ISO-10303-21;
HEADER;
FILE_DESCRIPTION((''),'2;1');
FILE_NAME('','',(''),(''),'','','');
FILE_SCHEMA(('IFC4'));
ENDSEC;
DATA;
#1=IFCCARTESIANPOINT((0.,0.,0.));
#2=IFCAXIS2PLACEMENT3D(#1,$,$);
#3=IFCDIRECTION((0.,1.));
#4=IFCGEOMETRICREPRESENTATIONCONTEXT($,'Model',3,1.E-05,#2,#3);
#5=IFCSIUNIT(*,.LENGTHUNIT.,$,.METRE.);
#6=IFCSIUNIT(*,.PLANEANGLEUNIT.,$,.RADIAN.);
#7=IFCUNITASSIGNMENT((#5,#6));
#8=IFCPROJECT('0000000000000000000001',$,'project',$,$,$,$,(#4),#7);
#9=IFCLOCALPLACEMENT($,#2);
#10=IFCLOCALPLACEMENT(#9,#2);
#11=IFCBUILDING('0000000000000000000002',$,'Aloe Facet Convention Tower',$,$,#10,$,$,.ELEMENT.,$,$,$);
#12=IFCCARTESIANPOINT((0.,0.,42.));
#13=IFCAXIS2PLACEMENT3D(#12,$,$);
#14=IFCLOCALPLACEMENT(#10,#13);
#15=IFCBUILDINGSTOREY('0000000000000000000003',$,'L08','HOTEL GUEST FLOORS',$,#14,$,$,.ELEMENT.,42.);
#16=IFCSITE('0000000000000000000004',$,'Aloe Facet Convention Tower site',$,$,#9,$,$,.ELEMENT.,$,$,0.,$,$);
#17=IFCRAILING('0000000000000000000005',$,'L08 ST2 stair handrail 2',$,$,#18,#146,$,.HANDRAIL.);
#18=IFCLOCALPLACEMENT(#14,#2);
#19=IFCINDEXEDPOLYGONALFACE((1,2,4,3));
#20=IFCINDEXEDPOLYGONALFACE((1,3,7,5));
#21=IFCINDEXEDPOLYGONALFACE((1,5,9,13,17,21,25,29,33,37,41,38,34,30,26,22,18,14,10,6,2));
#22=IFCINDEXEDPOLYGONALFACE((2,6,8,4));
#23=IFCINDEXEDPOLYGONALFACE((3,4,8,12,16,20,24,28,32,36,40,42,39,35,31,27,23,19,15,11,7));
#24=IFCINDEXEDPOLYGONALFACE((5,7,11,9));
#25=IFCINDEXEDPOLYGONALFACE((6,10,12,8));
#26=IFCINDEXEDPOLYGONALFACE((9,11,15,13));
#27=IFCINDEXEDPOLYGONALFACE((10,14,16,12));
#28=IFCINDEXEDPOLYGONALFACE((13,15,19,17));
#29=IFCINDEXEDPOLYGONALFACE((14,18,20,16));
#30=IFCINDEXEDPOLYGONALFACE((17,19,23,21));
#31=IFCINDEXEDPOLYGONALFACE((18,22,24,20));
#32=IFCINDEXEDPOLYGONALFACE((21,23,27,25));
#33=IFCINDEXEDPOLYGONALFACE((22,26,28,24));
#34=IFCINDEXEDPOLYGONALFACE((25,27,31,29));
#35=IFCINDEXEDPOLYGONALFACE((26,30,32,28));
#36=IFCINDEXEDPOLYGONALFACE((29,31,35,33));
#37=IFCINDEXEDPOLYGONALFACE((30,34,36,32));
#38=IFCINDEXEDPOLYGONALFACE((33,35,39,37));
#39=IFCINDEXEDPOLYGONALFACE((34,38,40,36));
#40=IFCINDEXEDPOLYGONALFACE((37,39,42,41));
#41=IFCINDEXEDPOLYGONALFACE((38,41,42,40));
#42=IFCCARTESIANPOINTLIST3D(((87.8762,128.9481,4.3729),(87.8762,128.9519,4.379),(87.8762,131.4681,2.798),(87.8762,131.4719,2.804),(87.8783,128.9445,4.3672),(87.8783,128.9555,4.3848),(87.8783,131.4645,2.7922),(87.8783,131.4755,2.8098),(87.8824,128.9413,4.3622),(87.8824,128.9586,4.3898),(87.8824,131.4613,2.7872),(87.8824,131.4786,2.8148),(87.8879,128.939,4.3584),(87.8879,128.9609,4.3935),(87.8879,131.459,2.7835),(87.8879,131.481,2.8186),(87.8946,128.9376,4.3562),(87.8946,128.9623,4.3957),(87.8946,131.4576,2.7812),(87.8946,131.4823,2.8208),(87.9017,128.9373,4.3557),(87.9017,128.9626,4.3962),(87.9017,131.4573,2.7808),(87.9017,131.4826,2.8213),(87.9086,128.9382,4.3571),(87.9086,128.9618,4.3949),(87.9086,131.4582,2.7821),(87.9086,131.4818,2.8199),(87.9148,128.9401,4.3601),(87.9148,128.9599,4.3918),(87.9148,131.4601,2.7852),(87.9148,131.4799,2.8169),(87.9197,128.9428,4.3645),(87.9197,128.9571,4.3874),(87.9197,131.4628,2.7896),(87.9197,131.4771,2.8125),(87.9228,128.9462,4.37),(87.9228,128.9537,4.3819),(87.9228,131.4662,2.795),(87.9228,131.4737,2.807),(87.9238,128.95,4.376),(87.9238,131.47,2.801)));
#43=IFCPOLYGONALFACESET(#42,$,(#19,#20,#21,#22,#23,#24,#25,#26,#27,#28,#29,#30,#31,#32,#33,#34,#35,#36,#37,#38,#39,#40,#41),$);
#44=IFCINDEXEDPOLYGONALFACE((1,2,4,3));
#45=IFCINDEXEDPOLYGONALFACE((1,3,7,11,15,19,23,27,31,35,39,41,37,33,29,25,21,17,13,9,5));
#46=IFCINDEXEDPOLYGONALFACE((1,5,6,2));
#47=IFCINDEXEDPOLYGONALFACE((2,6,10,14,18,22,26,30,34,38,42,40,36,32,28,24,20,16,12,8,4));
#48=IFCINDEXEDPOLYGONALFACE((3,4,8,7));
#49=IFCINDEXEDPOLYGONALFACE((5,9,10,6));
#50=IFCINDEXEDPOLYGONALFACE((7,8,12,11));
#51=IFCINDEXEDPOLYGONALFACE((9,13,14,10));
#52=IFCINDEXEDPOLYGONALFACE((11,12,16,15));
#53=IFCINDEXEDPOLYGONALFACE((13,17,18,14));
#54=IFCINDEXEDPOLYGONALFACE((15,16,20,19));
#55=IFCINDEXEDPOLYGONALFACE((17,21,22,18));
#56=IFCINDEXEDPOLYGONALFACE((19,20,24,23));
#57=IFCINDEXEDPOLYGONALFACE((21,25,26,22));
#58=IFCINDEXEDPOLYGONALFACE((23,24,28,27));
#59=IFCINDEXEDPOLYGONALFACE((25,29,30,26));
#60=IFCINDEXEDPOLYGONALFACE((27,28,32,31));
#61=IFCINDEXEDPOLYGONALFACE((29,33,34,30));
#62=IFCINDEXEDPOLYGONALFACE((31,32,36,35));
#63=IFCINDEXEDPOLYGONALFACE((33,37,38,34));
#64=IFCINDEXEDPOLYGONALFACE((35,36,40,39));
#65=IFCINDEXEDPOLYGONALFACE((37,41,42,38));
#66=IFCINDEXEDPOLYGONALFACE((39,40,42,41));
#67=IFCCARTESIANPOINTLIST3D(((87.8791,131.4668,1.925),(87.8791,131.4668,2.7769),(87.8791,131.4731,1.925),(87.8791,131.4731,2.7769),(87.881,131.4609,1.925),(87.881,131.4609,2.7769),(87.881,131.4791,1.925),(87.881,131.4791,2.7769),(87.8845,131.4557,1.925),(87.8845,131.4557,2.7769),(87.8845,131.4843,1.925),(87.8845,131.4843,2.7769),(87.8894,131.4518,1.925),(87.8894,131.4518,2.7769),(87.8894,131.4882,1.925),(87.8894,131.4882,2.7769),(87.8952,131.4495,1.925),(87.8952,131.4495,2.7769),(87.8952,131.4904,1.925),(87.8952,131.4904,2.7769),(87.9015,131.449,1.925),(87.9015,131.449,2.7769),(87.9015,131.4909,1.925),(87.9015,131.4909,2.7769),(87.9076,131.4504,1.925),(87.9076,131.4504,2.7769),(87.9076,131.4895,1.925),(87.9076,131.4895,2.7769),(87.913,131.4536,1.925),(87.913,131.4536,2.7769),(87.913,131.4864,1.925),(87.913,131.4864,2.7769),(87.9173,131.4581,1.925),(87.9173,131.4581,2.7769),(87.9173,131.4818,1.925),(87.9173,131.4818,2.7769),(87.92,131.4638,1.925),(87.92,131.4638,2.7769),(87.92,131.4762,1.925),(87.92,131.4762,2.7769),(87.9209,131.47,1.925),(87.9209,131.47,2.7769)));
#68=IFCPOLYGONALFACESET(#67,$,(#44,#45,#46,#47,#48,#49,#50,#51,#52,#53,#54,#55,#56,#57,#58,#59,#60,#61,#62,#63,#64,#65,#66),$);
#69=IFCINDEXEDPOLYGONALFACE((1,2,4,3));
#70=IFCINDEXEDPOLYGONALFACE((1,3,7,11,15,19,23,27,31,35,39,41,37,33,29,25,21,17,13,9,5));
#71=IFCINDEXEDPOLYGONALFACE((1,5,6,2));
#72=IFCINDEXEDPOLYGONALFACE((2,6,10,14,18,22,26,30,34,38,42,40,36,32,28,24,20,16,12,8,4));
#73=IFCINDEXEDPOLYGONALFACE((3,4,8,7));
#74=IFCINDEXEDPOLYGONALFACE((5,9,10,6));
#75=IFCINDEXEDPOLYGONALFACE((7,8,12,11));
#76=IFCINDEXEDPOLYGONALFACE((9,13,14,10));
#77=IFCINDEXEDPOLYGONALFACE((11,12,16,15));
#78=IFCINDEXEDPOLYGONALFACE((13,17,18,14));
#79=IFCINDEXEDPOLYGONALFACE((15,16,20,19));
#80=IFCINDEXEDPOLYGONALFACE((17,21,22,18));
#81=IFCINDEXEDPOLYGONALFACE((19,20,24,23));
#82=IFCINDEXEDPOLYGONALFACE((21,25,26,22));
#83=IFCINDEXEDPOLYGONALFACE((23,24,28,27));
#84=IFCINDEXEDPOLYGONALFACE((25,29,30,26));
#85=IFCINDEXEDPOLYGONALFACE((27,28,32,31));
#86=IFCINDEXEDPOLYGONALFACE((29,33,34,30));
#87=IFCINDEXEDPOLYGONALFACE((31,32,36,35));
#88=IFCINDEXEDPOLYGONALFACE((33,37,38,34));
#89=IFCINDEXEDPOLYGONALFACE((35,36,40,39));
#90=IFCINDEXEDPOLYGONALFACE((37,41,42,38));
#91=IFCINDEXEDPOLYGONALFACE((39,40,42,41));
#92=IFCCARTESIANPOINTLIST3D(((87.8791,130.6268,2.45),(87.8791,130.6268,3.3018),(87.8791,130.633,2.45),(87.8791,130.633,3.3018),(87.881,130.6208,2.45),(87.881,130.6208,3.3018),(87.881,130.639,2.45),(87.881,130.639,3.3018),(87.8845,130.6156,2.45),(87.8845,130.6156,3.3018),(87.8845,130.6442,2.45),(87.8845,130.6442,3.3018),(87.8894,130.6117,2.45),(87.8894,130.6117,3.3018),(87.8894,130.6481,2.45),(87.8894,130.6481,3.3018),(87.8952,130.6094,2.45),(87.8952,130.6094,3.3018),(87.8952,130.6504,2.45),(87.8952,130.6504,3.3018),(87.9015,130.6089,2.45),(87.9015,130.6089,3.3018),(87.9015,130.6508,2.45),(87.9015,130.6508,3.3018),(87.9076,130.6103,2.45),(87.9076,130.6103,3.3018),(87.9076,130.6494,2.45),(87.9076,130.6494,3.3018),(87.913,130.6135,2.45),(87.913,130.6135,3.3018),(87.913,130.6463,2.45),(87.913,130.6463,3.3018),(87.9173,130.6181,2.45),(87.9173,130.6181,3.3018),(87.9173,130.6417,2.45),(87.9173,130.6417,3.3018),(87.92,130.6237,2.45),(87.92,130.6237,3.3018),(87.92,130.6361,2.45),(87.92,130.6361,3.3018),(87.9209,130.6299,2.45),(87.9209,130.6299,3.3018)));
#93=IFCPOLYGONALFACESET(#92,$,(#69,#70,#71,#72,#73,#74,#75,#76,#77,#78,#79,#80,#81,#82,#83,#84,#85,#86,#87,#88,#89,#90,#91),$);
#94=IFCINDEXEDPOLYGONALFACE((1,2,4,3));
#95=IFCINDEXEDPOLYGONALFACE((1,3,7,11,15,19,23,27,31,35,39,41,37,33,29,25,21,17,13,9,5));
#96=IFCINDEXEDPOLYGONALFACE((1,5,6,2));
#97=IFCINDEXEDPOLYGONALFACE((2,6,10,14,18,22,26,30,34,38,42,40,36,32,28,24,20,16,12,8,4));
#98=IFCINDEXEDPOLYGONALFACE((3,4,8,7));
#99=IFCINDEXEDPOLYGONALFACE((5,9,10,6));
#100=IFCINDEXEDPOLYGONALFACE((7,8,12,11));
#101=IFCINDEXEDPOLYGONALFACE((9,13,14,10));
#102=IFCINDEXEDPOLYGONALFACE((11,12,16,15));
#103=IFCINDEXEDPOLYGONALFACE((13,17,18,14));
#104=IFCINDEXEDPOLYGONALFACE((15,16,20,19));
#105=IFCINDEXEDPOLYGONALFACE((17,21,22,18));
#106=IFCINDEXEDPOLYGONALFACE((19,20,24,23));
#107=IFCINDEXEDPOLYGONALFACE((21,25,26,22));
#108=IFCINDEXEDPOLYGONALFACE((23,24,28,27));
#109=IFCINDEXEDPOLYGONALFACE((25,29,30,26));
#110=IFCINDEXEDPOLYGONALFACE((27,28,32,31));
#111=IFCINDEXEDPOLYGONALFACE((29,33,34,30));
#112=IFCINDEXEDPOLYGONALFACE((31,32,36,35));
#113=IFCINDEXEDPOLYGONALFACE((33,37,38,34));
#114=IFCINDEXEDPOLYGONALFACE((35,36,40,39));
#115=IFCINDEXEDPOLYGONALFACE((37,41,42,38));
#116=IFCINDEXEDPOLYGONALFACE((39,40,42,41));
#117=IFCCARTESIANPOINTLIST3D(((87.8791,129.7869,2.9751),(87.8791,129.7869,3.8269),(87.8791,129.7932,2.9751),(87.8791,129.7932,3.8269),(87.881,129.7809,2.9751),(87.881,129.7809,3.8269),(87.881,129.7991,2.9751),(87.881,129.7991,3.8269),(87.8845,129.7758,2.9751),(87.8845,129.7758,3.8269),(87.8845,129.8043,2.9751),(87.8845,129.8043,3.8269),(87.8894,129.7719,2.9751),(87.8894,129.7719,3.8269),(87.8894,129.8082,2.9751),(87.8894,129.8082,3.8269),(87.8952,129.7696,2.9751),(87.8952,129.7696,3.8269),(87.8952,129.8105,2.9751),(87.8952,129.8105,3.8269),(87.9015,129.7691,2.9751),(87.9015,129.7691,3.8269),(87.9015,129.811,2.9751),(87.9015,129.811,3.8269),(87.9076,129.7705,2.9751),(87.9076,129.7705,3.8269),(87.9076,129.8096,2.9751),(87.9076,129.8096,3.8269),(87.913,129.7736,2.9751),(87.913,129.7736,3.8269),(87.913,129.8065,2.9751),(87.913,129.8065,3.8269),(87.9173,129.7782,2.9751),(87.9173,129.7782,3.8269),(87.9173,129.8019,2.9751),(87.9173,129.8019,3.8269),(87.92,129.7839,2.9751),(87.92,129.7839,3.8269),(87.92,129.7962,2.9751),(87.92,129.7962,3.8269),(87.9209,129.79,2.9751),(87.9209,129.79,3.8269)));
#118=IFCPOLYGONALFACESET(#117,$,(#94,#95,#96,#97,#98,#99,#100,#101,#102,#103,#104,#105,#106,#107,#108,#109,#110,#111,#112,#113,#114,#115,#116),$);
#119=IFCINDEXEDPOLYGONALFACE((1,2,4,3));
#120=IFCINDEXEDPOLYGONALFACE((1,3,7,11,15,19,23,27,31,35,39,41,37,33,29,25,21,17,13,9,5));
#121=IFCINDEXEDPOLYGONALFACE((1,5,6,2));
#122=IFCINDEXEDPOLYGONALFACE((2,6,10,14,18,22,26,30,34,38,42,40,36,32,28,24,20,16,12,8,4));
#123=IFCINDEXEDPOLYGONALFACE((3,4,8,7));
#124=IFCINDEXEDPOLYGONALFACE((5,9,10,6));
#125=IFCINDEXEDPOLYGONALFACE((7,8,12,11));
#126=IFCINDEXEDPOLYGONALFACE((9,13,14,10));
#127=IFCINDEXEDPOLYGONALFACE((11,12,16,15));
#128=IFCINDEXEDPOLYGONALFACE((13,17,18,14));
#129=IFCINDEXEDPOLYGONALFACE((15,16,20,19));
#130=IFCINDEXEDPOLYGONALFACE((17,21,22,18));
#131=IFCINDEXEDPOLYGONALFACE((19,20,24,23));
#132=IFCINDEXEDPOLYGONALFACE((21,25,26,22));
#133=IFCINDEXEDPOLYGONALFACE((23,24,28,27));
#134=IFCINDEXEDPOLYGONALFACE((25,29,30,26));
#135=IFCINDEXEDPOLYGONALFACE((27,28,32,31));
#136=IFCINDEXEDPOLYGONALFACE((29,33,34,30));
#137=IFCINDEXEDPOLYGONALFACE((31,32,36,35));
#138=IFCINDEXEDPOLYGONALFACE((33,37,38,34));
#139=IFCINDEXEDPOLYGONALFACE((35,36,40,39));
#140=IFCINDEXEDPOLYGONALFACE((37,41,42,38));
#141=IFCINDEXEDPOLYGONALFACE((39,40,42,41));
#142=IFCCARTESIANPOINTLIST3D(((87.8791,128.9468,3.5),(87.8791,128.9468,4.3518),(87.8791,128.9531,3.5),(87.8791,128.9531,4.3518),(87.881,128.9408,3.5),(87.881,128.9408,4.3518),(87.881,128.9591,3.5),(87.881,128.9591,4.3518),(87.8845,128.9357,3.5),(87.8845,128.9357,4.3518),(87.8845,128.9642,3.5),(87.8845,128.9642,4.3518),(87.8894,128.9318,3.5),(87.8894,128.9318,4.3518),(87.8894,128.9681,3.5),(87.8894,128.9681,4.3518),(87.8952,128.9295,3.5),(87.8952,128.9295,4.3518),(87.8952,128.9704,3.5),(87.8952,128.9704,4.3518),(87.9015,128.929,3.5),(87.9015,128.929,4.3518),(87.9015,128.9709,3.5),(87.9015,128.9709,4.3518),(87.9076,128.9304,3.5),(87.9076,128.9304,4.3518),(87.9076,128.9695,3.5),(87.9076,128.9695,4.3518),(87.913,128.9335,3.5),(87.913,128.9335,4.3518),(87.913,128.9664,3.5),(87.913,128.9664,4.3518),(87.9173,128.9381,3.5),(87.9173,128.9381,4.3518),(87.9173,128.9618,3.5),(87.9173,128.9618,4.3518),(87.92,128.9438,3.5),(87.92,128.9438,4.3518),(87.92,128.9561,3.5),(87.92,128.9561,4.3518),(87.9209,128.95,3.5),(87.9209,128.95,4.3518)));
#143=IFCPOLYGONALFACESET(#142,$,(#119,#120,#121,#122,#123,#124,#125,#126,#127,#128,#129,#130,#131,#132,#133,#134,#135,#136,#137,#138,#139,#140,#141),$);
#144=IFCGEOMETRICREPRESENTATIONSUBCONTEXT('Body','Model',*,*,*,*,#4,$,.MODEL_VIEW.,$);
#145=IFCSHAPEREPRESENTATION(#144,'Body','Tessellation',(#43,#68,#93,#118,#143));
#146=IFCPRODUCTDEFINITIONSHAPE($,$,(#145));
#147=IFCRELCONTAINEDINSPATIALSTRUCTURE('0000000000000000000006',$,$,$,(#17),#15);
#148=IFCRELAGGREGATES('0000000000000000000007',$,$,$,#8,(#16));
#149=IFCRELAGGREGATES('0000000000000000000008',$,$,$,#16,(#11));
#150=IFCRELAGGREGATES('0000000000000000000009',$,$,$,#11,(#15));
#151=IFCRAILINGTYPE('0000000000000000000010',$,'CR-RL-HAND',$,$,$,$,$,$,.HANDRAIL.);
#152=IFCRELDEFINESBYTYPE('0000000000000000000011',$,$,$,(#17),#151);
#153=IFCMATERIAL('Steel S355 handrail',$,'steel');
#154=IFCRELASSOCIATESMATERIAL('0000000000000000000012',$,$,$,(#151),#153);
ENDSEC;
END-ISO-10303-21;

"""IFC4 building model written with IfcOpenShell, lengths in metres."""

from ifc_helpers import new_model, si_unit, direction, frame, origin, origin_2d, place, context, subcontext, project, spatial, circle, extrude, material, type_object, element, save


model = new_model("IFC4")

# Units and contexts
model_context = context("Model", 3, precision=1e-05, world=origin(), true_north=direction((0.0, 1.0)))
body_context = subcontext(model_context, "Body", "Model", "MODEL_VIEW")
ifc_project = project(units=[si_unit("LENGTHUNIT", "METRE"), si_unit("PLANEANGLEUNIT", "RADIAN")], contexts=[model_context])

# Site, building, storey
site_placement = place(None, origin())
site = spatial("IfcSite", under=ifc_project, at=site_placement, Name="Aloe Facet Convention Tower site", CompositionType="ELEMENT", RefElevation=0.0)
building_placement = place(site_placement, origin())
building = spatial("IfcBuilding", under=site, at=building_placement, Name="Aloe Facet Convention Tower", CompositionType="ELEMENT")
storey_placement = place(building_placement, frame((0.0, 0.0, 42.0)))
storey = spatial("IfcBuildingStorey", under=building, at=storey_placement, Name="L08", Description="HOTEL GUEST FLOORS", CompositionType="ELEMENT", Elevation=42.0)

# Railing
ifc_material_1 = material(Name="Steel S355 handrail", Category="steel")
railing_type_1 = type_object("IfcRailingType", Name="CR-RL-HAND", PredefinedType="HANDRAIL", material=ifc_material_1)
railing_1_placement = place(storey_placement, frame((87.8999, 131.47, 1.925)))
element("IfcRailing", 1, at=railing_1_placement, inside=storey, type_object=railing_type_1, Name="L08 ST2 stair handrail 2", PredefinedType="HANDRAIL", context=body_context, shape_type="SweptSolid", body=[
    extrude(circle(Radius=0.0239, at=origin_2d()), frame((0.0, 0.0, 0.876), z_axis=(0.0, -0.848008, 0.529984), x_axis=(1.0, 0.0, 0.0)), (0.0, 0.0, 1.0), 2.9717),
    extrude(circle(Radius=0.021, at=origin_2d()), origin(), (0.0, 0.0, 1.0), 0.8518),
    extrude(circle(Radius=0.021, at=origin_2d()), frame((0.0, -0.8401, 0.5249)), (0.0, 0.0, 1.0), 0.8518),
    extrude(circle(Radius=0.021, at=origin_2d()), frame((0.0, -1.6799, 1.05)), (0.0, 0.0, 1.0), 0.8518),
    extrude(circle(Radius=0.021, at=origin_2d()), frame((0.0, -2.52, 1.575)), (0.0, 0.0, 1.0), 0.8518),
])

save(model, "model.ifc")
